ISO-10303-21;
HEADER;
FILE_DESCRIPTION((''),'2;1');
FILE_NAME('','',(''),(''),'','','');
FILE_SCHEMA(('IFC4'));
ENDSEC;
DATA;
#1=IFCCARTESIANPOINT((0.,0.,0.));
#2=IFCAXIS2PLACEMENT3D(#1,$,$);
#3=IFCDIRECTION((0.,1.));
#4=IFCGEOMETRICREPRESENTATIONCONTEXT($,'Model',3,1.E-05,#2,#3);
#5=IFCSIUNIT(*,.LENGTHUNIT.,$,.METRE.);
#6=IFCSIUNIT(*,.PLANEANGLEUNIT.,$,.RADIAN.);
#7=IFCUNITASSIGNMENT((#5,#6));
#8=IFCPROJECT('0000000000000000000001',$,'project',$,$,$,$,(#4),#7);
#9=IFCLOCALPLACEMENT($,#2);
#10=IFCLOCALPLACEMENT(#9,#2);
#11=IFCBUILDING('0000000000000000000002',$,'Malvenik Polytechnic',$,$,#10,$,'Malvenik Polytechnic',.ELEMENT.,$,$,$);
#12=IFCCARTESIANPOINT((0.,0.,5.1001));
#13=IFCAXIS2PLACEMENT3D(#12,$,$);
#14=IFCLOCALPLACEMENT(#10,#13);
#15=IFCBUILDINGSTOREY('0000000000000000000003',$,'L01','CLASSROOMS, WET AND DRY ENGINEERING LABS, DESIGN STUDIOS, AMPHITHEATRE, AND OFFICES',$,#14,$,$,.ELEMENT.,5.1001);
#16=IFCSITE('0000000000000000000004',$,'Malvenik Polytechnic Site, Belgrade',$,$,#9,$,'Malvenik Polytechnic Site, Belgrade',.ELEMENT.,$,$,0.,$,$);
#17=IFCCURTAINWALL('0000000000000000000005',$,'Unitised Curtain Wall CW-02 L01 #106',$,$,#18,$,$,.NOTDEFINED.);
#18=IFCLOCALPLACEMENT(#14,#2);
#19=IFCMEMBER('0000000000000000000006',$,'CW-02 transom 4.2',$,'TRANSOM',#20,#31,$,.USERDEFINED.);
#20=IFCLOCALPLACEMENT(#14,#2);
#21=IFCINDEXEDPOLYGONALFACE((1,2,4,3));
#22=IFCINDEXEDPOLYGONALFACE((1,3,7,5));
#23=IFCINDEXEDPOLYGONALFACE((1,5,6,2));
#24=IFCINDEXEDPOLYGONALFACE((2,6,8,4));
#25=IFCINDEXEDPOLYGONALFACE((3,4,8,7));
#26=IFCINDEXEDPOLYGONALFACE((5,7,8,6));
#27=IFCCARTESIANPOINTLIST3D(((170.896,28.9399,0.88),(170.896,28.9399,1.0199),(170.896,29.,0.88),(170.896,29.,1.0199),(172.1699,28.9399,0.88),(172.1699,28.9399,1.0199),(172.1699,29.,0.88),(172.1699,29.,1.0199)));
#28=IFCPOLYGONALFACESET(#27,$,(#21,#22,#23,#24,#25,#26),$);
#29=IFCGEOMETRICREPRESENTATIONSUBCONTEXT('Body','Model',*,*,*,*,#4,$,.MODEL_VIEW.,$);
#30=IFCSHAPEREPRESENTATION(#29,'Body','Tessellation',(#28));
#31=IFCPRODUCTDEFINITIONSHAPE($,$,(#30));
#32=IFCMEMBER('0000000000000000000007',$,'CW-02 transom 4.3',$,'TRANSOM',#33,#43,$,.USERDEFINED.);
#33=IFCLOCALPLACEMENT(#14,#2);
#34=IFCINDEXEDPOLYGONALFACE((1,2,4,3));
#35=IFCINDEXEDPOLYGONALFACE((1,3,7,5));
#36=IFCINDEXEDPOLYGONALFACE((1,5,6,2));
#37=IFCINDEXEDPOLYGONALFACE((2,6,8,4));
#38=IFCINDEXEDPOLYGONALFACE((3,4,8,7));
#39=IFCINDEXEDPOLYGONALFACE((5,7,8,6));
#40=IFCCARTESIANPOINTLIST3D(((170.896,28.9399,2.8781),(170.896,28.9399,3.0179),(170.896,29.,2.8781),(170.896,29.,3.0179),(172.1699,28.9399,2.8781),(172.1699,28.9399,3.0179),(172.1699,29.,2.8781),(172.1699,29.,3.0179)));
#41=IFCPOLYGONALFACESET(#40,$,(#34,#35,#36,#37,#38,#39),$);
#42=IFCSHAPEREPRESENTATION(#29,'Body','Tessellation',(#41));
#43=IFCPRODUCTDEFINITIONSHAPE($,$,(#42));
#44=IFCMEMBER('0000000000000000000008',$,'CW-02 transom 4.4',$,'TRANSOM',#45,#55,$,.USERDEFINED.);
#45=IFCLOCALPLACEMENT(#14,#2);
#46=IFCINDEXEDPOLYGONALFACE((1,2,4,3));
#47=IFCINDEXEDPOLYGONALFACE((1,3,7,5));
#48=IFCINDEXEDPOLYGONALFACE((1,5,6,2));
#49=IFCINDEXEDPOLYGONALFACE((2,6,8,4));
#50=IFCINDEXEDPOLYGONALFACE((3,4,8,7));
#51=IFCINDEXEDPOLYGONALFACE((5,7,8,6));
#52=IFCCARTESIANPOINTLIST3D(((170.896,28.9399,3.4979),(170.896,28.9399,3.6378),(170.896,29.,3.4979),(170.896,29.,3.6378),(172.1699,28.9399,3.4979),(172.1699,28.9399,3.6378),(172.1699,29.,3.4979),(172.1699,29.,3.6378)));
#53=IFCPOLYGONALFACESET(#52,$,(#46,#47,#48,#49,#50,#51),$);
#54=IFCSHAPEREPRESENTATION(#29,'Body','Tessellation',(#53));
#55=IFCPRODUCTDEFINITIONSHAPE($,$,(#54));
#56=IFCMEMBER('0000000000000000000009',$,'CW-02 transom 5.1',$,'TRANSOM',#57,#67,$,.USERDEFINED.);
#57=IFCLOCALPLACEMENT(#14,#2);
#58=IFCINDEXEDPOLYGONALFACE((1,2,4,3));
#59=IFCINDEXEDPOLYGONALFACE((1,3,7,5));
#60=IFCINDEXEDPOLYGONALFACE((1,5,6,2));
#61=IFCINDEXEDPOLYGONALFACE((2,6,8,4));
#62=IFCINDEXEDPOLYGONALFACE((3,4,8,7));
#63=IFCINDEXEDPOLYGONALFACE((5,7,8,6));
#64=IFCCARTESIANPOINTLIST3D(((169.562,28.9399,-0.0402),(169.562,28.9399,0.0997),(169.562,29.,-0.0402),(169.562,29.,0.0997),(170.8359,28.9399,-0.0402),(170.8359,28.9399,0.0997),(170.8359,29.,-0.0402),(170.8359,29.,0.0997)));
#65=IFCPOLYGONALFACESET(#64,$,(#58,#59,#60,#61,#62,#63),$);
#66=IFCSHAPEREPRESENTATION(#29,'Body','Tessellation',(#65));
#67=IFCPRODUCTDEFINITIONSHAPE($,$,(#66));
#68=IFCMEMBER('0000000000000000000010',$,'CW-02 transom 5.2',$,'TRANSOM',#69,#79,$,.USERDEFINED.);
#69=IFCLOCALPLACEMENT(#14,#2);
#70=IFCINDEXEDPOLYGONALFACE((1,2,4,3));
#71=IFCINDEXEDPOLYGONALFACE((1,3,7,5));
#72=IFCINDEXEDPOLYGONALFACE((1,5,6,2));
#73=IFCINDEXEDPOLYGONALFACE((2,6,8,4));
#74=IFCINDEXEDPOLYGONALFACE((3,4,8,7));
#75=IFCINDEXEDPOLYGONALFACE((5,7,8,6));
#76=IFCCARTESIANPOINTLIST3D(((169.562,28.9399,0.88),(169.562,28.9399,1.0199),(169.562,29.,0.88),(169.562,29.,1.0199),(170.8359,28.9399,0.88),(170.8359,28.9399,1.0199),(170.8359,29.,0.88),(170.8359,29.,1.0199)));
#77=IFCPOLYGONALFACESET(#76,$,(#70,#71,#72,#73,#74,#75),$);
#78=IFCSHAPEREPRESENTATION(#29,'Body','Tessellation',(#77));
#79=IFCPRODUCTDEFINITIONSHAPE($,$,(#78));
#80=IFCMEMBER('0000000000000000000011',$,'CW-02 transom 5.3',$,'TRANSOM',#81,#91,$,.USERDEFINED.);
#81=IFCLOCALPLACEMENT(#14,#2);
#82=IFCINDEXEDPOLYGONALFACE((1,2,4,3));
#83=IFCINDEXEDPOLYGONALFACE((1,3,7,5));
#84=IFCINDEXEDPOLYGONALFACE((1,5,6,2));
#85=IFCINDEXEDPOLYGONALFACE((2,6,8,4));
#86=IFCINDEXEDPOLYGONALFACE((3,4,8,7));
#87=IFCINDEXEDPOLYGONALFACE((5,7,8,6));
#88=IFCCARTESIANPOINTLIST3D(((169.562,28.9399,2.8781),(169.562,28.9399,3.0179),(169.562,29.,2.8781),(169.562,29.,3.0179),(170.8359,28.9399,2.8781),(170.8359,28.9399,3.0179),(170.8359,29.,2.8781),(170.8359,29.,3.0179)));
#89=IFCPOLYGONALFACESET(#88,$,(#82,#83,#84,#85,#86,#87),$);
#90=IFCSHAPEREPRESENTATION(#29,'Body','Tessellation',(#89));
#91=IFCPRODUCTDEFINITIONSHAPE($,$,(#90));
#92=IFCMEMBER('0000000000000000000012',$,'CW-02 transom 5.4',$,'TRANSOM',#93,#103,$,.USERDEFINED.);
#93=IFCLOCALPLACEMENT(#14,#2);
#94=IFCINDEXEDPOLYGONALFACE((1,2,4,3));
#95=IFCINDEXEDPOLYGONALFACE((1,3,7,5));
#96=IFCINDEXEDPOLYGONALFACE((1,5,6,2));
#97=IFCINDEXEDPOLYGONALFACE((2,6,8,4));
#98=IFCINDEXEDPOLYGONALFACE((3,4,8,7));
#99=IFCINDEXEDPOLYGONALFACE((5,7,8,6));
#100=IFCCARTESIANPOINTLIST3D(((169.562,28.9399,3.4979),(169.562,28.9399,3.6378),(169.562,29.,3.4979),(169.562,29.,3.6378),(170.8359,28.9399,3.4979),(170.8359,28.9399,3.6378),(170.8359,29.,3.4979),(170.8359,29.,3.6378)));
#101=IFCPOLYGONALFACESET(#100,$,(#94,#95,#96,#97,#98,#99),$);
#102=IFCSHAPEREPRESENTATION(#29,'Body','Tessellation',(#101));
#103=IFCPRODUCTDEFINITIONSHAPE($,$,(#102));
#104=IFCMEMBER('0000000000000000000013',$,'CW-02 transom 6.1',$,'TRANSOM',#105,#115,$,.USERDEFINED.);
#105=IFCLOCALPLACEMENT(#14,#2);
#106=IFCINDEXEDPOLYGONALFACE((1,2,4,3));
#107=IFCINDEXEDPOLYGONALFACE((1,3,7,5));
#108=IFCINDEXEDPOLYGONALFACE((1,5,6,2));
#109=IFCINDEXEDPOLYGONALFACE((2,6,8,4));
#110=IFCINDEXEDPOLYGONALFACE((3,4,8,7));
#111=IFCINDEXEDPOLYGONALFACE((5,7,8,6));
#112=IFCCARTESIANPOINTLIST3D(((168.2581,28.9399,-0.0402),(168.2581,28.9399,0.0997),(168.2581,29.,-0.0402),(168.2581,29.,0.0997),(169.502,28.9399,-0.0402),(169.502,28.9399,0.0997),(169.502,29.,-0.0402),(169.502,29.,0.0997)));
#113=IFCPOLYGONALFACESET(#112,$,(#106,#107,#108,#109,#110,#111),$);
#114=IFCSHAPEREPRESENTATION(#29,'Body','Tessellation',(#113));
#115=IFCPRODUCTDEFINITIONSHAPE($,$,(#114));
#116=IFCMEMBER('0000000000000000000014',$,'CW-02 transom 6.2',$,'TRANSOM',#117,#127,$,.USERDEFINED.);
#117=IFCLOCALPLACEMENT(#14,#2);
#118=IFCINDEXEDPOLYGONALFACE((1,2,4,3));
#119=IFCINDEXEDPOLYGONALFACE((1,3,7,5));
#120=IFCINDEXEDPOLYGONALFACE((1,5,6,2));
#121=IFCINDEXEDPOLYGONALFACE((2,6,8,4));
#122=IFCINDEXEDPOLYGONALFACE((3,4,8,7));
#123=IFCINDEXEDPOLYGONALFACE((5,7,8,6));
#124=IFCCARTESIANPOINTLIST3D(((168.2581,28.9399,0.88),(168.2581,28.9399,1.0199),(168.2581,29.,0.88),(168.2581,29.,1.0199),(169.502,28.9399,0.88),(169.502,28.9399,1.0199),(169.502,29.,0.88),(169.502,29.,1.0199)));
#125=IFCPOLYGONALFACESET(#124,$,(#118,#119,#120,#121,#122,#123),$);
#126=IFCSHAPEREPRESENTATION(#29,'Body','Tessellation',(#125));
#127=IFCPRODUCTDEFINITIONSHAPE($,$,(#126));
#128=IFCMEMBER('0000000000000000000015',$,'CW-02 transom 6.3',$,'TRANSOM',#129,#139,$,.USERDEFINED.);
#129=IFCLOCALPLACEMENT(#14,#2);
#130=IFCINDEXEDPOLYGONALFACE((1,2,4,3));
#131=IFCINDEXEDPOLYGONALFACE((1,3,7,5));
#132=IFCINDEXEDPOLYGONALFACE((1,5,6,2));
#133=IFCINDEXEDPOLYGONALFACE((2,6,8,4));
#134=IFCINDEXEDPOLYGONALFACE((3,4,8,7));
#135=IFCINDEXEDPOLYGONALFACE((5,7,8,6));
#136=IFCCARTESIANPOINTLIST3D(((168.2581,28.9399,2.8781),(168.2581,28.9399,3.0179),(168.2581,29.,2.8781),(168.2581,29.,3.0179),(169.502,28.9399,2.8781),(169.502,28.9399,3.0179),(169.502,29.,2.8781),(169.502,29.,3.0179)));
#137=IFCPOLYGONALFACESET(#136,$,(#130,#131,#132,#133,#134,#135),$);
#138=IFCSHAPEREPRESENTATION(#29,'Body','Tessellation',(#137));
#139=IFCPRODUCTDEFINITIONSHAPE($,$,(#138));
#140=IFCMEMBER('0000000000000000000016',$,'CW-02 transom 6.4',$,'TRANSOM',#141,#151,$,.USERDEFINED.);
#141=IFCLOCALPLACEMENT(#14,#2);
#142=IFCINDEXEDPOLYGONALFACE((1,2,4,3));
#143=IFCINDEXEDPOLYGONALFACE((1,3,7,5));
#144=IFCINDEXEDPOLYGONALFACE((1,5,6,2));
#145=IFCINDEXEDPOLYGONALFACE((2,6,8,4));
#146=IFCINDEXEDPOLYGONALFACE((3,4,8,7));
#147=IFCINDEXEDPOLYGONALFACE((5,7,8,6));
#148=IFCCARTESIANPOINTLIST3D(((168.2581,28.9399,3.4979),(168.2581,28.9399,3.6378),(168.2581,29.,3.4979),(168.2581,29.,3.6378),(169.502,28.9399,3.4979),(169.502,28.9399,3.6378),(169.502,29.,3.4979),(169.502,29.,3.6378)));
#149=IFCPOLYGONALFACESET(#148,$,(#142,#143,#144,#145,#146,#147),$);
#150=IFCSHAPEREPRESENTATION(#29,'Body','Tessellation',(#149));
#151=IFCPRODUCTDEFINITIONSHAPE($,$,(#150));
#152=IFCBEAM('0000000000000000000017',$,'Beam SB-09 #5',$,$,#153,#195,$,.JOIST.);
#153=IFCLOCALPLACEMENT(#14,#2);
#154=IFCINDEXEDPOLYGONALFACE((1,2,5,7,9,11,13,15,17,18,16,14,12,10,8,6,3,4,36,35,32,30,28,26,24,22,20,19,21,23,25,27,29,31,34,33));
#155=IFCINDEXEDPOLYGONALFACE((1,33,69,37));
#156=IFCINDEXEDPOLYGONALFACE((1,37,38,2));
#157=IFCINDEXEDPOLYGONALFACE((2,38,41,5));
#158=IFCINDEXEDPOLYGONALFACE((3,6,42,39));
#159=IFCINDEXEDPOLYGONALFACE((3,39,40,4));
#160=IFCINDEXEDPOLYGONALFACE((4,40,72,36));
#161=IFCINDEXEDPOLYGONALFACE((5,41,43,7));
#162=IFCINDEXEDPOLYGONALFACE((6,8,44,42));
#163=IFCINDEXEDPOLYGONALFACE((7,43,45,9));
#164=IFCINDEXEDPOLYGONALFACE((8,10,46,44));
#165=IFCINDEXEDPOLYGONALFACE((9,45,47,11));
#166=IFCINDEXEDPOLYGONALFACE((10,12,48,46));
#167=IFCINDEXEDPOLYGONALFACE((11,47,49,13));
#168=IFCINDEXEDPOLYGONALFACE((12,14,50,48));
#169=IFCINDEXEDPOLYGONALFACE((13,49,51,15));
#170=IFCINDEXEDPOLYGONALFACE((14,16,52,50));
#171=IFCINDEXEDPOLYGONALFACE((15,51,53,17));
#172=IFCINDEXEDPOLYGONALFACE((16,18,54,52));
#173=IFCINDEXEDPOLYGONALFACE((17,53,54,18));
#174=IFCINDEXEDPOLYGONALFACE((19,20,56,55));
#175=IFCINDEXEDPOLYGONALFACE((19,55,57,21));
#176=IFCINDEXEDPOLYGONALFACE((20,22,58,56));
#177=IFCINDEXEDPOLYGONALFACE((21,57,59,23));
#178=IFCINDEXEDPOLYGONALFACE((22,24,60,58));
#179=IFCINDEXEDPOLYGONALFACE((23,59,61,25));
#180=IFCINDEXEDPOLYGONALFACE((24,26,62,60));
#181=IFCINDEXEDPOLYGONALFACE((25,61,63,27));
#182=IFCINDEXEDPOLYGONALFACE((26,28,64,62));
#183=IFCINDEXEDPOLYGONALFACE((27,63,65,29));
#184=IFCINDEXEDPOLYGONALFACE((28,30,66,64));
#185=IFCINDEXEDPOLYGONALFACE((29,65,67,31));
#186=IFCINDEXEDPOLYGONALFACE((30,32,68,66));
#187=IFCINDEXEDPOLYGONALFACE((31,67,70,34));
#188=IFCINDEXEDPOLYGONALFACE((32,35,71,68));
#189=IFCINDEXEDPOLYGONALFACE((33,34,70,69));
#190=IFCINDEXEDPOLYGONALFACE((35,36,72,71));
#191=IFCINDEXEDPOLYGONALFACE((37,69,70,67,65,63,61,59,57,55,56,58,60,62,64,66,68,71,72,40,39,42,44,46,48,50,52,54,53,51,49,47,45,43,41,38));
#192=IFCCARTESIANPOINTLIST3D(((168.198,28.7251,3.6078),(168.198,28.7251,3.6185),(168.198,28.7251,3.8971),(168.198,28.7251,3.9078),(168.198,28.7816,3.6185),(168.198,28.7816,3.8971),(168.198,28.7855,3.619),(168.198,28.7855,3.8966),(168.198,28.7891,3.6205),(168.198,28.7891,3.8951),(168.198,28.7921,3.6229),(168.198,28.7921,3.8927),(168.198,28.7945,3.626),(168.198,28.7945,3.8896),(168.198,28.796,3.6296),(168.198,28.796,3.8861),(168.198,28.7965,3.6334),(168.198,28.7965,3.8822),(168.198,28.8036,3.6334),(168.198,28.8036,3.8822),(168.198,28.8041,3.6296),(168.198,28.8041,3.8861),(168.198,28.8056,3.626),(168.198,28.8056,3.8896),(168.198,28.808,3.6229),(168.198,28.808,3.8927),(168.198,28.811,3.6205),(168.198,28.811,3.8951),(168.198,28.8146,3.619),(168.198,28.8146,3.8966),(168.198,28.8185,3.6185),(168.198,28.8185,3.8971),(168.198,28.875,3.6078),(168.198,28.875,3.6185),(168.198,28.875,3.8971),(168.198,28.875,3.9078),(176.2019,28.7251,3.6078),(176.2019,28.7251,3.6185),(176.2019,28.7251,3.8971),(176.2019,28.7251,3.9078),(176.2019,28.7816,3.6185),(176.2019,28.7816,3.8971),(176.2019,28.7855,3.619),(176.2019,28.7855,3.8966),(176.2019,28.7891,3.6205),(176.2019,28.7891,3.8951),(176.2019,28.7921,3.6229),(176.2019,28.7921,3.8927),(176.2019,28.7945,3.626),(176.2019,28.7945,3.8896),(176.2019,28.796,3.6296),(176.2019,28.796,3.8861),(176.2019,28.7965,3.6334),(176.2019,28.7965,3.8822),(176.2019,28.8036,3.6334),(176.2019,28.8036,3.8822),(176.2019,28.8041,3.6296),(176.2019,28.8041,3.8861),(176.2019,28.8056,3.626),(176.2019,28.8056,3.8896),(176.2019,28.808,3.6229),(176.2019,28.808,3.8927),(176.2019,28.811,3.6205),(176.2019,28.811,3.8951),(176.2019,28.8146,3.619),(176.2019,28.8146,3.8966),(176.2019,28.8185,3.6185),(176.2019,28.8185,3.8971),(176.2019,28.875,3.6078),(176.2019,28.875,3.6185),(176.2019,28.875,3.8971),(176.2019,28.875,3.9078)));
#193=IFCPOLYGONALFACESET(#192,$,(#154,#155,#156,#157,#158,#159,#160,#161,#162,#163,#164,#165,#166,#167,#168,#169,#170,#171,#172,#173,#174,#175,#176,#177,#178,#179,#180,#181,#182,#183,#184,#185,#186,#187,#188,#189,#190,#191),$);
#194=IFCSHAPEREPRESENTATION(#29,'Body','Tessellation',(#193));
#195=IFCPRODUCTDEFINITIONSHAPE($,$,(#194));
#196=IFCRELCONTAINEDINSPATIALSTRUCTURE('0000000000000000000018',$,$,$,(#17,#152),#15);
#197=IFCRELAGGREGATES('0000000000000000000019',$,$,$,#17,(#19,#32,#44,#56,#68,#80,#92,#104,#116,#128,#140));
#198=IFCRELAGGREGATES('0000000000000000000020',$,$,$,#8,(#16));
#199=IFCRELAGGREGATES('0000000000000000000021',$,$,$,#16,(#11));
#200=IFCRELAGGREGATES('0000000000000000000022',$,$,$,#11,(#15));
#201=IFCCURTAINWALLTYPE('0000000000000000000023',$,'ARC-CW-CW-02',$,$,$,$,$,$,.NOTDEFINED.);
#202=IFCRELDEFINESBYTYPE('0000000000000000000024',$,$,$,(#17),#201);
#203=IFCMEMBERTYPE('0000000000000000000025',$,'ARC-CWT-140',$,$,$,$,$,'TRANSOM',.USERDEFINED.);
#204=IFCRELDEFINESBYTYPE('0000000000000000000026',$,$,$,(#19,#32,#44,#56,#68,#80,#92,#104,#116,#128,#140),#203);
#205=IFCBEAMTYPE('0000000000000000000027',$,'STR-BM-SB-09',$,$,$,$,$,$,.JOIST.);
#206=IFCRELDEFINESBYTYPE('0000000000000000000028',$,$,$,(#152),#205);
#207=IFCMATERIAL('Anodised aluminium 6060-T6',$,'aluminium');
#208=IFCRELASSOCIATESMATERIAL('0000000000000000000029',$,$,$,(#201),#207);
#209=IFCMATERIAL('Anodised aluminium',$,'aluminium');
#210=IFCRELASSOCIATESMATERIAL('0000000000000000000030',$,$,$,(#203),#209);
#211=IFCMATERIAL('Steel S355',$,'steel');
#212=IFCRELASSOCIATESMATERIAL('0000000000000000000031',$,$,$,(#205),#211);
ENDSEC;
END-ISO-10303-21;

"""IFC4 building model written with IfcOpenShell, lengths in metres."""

from ifc_helpers import new_model, si_unit, direction, frame, origin, origin_2d, place, context, subcontext, project, spatial, rectangle, i_section, extrude, material, material_profile, profile_set, type_object, element, aggregate, save


model = new_model("IFC4")

# Units and contexts
model_context = context("Model", 3, precision=1e-05, world=origin(), true_north=direction((0.0, 1.0)))
body_context = subcontext(model_context, "Body", "Model", "MODEL_VIEW")
ifc_project = project(units=[si_unit("LENGTHUNIT", "METRE"), si_unit("PLANEANGLEUNIT", "RADIAN")], contexts=[model_context])

# Site, building, storey
site_placement = place(None, origin())
site = spatial("IfcSite", under=ifc_project, at=site_placement, Name="Malvenik Polytechnic Site, Belgrade", LongName="Malvenik Polytechnic Site, Belgrade", CompositionType="ELEMENT", RefElevation=0.0)
building_placement = place(site_placement, origin())
building = spatial("IfcBuilding", under=site, at=building_placement, Name="Malvenik Polytechnic", LongName="Malvenik Polytechnic", CompositionType="ELEMENT")
storey_placement = place(building_placement, frame((0.0, 0.0, 5.1001)))
storey = spatial("IfcBuildingStorey", under=building, at=storey_placement, Name="L01", Description="CLASSROOMS, WET AND DRY ENGINEERING LABS, DESIGN STUDIOS, AMPHITHEATRE, AND OFFICES", CompositionType="ELEMENT", Elevation=5.1001)

# Shared definitions
ifc_material_1 = material(Name="Anodised aluminium 6060-T6", Category="aluminium")
curtain_wall_type = type_object("IfcCurtainWallType", Name="ARC-CW-CW-02", PredefinedType="NOTDEFINED", material=ifc_material_1)
ifc_material_2 = material(Name="Anodised aluminium", Category="aluminium")

# Curtain wall
curtain_wall_1_placement = place(storey_placement, origin())
curtain_wall_1 = element("IfcCurtainWall", 1, at=curtain_wall_1_placement, inside=storey, type_object=curtain_wall_type, Name="Unitised Curtain Wall CW-02 L01 #106", PredefinedType="NOTDEFINED")

# Members
ifc_material_profile_1 = material_profile(ifc_material_2, rectangle(XDim=0.0601, YDim=0.1399, at=origin_2d()), Name="ALU TRANSOM 60x140")
ifc_profile_set_1 = profile_set([ifc_material_profile_1], Name="Anodised aluminium")
member_type_1 = type_object("IfcMemberType", Name="ARC-CWT-140", ElementType="TRANSOM", PredefinedType="USERDEFINED", material=ifc_profile_set_1)
member_1_placement = place(storey_placement, frame((172.1699, 28.97, 0.95), z_axis=(-1.0, 0.0, 0.0), x_axis=(0.0, -1.0, 0.0)))
member_1 = element("IfcMember", 2, at=member_1_placement, type_object=member_type_1, Name="CW-02 transom 4.2", ObjectType="TRANSOM", PredefinedType="USERDEFINED", context=body_context, shape_type="SweptSolid", body=[
    extrude(rectangle(XDim=0.0601, YDim=0.1399, at=origin_2d()), origin(), (0.0, 0.0, 1.0), 1.2739),
])
member_2_placement = place(storey_placement, frame((172.1699, 28.97, 2.948), z_axis=(-1.0, 0.0, 0.0), x_axis=(0.0, -1.0, 0.0)))
member_2 = element("IfcMember", 3, at=member_2_placement, type_object=member_type_1, Name="CW-02 transom 4.3", ObjectType="TRANSOM", PredefinedType="USERDEFINED", context=body_context, shape_type="SweptSolid", body=[
    extrude(rectangle(XDim=0.0601, YDim=0.1399, at=origin_2d()), origin(), (0.0, 0.0, 1.0), 1.2739),
])
member_3_placement = place(storey_placement, frame((172.1699, 28.97, 3.5679), z_axis=(-1.0, 0.0, 0.0), x_axis=(0.0, -1.0, 0.0)))
member_3 = element("IfcMember", 4, at=member_3_placement, type_object=member_type_1, Name="CW-02 transom 4.4", ObjectType="TRANSOM", PredefinedType="USERDEFINED", context=body_context, shape_type="SweptSolid", body=[
    extrude(rectangle(XDim=0.0601, YDim=0.1399, at=origin_2d()), origin(), (0.0, 0.0, 1.0), 1.2739),
])
member_4_placement = place(storey_placement, frame((170.8359, 28.97, 0.0298), z_axis=(-1.0, 0.0, 0.0), x_axis=(0.0, -1.0, 0.0)))
member_4 = element("IfcMember", 5, at=member_4_placement, type_object=member_type_1, Name="CW-02 transom 5.1", ObjectType="TRANSOM", PredefinedType="USERDEFINED", context=body_context, shape_type="SweptSolid", body=[
    extrude(rectangle(XDim=0.0601, YDim=0.1399, at=origin_2d()), origin(), (0.0, 0.0, 1.0), 1.2739),
])
member_5_placement = place(storey_placement, frame((170.8359, 28.97, 0.95), z_axis=(-1.0, 0.0, 0.0), x_axis=(0.0, -1.0, 0.0)))
member_5 = element("IfcMember", 6, at=member_5_placement, type_object=member_type_1, Name="CW-02 transom 5.2", ObjectType="TRANSOM", PredefinedType="USERDEFINED", context=body_context, shape_type="SweptSolid", body=[
    extrude(rectangle(XDim=0.0601, YDim=0.1399, at=origin_2d()), origin(), (0.0, 0.0, 1.0), 1.2739),
])
member_6_placement = place(storey_placement, frame((170.8359, 28.97, 2.948), z_axis=(-1.0, 0.0, 0.0), x_axis=(0.0, -1.0, 0.0)))
member_6 = element("IfcMember", 7, at=member_6_placement, type_object=member_type_1, Name="CW-02 transom 5.3", ObjectType="TRANSOM", PredefinedType="USERDEFINED", context=body_context, shape_type="SweptSolid", body=[
    extrude(rectangle(XDim=0.0601, YDim=0.1399, at=origin_2d()), origin(), (0.0, 0.0, 1.0), 1.2739),
])
member_7_placement = place(storey_placement, frame((170.8359, 28.97, 3.5679), z_axis=(-1.0, 0.0, 0.0), x_axis=(0.0, -1.0, 0.0)))
member_7 = element("IfcMember", 8, at=member_7_placement, type_object=member_type_1, Name="CW-02 transom 5.4", ObjectType="TRANSOM", PredefinedType="USERDEFINED", context=body_context, shape_type="SweptSolid", body=[
    extrude(rectangle(XDim=0.0601, YDim=0.1399, at=origin_2d()), origin(), (0.0, 0.0, 1.0), 1.2739),
])
member_8_placement = place(storey_placement, frame((169.502, 28.97, 0.0298), z_axis=(-1.0, 0.0, 0.0), x_axis=(0.0, -1.0, 0.0)))
member_8 = element("IfcMember", 9, at=member_8_placement, type_object=member_type_1, Name="CW-02 transom 6.1", ObjectType="TRANSOM", PredefinedType="USERDEFINED", context=body_context, shape_type="SweptSolid", body=[
    extrude(rectangle(XDim=0.0601, YDim=0.1399, at=origin_2d()), origin(), (0.0, 0.0, 1.0), 1.2439),
])
member_9_placement = place(storey_placement, frame((169.502, 28.97, 0.95), z_axis=(-1.0, 0.0, 0.0), x_axis=(0.0, -1.0, 0.0)))
member_9 = element("IfcMember", 10, at=member_9_placement, type_object=member_type_1, Name="CW-02 transom 6.2", ObjectType="TRANSOM", PredefinedType="USERDEFINED", context=body_context, shape_type="SweptSolid", body=[
    extrude(rectangle(XDim=0.0601, YDim=0.1399, at=origin_2d()), origin(), (0.0, 0.0, 1.0), 1.2439),
])
member_10_placement = place(storey_placement, frame((169.502, 28.97, 2.948), z_axis=(-1.0, 0.0, 0.0), x_axis=(0.0, -1.0, 0.0)))
member_10 = element("IfcMember", 11, at=member_10_placement, type_object=member_type_1, Name="CW-02 transom 6.3", ObjectType="TRANSOM", PredefinedType="USERDEFINED", context=body_context, shape_type="SweptSolid", body=[
    extrude(rectangle(XDim=0.0601, YDim=0.1399, at=origin_2d()), origin(), (0.0, 0.0, 1.0), 1.2439),
])
member_11_placement = place(storey_placement, frame((169.502, 28.97, 3.5679), z_axis=(-1.0, 0.0, 0.0), x_axis=(0.0, -1.0, 0.0)))
member_11 = element("IfcMember", 12, at=member_11_placement, type_object=member_type_1, Name="CW-02 transom 6.4", ObjectType="TRANSOM", PredefinedType="USERDEFINED", context=body_context, shape_type="SweptSolid", body=[
    extrude(rectangle(XDim=0.0601, YDim=0.1399, at=origin_2d()), origin(), (0.0, 0.0, 1.0), 1.2439),
])

# Beam
ifc_material_3 = material(Name="Steel S355", Category="steel")
ifc_material_profile_2 = material_profile(ifc_material_3, i_section(OverallWidth=0.1499, OverallDepth=0.3, WebThickness=0.0071, FlangeThickness=0.0107, FilletRadius=0.0149, at=origin_2d()), Name="IPE 300")
ifc_profile_set_2 = profile_set([ifc_material_profile_2], Name="Steel S355")
beam_type = type_object("IfcBeamType", Name="STR-BM-SB-09", PredefinedType="JOIST", material=ifc_profile_set_2)
beam_placement = place(storey_placement, frame((168.198, 28.8, 3.7578), z_axis=(1.0, 0.0, 0.0), x_axis=(0.0, 1.0, 0.0)))
element("IfcBeam", 13, at=beam_placement, inside=storey, type_object=beam_type, Name="Beam SB-09 #5", PredefinedType="JOIST", context=body_context, shape_type="SweptSolid", body=[
    extrude(i_section(OverallWidth=0.1499, OverallDepth=0.3, WebThickness=0.0071, FlangeThickness=0.0107, FilletRadius=0.0149, at=origin_2d()), origin(), (0.0, 0.0, 1.0), 8.0039),
])

aggregate(curtain_wall_1, [member_1, member_2, member_3, member_4, member_5, member_6, member_7, member_8, member_9, member_10, member_11])

save(model, "model.ifc")
